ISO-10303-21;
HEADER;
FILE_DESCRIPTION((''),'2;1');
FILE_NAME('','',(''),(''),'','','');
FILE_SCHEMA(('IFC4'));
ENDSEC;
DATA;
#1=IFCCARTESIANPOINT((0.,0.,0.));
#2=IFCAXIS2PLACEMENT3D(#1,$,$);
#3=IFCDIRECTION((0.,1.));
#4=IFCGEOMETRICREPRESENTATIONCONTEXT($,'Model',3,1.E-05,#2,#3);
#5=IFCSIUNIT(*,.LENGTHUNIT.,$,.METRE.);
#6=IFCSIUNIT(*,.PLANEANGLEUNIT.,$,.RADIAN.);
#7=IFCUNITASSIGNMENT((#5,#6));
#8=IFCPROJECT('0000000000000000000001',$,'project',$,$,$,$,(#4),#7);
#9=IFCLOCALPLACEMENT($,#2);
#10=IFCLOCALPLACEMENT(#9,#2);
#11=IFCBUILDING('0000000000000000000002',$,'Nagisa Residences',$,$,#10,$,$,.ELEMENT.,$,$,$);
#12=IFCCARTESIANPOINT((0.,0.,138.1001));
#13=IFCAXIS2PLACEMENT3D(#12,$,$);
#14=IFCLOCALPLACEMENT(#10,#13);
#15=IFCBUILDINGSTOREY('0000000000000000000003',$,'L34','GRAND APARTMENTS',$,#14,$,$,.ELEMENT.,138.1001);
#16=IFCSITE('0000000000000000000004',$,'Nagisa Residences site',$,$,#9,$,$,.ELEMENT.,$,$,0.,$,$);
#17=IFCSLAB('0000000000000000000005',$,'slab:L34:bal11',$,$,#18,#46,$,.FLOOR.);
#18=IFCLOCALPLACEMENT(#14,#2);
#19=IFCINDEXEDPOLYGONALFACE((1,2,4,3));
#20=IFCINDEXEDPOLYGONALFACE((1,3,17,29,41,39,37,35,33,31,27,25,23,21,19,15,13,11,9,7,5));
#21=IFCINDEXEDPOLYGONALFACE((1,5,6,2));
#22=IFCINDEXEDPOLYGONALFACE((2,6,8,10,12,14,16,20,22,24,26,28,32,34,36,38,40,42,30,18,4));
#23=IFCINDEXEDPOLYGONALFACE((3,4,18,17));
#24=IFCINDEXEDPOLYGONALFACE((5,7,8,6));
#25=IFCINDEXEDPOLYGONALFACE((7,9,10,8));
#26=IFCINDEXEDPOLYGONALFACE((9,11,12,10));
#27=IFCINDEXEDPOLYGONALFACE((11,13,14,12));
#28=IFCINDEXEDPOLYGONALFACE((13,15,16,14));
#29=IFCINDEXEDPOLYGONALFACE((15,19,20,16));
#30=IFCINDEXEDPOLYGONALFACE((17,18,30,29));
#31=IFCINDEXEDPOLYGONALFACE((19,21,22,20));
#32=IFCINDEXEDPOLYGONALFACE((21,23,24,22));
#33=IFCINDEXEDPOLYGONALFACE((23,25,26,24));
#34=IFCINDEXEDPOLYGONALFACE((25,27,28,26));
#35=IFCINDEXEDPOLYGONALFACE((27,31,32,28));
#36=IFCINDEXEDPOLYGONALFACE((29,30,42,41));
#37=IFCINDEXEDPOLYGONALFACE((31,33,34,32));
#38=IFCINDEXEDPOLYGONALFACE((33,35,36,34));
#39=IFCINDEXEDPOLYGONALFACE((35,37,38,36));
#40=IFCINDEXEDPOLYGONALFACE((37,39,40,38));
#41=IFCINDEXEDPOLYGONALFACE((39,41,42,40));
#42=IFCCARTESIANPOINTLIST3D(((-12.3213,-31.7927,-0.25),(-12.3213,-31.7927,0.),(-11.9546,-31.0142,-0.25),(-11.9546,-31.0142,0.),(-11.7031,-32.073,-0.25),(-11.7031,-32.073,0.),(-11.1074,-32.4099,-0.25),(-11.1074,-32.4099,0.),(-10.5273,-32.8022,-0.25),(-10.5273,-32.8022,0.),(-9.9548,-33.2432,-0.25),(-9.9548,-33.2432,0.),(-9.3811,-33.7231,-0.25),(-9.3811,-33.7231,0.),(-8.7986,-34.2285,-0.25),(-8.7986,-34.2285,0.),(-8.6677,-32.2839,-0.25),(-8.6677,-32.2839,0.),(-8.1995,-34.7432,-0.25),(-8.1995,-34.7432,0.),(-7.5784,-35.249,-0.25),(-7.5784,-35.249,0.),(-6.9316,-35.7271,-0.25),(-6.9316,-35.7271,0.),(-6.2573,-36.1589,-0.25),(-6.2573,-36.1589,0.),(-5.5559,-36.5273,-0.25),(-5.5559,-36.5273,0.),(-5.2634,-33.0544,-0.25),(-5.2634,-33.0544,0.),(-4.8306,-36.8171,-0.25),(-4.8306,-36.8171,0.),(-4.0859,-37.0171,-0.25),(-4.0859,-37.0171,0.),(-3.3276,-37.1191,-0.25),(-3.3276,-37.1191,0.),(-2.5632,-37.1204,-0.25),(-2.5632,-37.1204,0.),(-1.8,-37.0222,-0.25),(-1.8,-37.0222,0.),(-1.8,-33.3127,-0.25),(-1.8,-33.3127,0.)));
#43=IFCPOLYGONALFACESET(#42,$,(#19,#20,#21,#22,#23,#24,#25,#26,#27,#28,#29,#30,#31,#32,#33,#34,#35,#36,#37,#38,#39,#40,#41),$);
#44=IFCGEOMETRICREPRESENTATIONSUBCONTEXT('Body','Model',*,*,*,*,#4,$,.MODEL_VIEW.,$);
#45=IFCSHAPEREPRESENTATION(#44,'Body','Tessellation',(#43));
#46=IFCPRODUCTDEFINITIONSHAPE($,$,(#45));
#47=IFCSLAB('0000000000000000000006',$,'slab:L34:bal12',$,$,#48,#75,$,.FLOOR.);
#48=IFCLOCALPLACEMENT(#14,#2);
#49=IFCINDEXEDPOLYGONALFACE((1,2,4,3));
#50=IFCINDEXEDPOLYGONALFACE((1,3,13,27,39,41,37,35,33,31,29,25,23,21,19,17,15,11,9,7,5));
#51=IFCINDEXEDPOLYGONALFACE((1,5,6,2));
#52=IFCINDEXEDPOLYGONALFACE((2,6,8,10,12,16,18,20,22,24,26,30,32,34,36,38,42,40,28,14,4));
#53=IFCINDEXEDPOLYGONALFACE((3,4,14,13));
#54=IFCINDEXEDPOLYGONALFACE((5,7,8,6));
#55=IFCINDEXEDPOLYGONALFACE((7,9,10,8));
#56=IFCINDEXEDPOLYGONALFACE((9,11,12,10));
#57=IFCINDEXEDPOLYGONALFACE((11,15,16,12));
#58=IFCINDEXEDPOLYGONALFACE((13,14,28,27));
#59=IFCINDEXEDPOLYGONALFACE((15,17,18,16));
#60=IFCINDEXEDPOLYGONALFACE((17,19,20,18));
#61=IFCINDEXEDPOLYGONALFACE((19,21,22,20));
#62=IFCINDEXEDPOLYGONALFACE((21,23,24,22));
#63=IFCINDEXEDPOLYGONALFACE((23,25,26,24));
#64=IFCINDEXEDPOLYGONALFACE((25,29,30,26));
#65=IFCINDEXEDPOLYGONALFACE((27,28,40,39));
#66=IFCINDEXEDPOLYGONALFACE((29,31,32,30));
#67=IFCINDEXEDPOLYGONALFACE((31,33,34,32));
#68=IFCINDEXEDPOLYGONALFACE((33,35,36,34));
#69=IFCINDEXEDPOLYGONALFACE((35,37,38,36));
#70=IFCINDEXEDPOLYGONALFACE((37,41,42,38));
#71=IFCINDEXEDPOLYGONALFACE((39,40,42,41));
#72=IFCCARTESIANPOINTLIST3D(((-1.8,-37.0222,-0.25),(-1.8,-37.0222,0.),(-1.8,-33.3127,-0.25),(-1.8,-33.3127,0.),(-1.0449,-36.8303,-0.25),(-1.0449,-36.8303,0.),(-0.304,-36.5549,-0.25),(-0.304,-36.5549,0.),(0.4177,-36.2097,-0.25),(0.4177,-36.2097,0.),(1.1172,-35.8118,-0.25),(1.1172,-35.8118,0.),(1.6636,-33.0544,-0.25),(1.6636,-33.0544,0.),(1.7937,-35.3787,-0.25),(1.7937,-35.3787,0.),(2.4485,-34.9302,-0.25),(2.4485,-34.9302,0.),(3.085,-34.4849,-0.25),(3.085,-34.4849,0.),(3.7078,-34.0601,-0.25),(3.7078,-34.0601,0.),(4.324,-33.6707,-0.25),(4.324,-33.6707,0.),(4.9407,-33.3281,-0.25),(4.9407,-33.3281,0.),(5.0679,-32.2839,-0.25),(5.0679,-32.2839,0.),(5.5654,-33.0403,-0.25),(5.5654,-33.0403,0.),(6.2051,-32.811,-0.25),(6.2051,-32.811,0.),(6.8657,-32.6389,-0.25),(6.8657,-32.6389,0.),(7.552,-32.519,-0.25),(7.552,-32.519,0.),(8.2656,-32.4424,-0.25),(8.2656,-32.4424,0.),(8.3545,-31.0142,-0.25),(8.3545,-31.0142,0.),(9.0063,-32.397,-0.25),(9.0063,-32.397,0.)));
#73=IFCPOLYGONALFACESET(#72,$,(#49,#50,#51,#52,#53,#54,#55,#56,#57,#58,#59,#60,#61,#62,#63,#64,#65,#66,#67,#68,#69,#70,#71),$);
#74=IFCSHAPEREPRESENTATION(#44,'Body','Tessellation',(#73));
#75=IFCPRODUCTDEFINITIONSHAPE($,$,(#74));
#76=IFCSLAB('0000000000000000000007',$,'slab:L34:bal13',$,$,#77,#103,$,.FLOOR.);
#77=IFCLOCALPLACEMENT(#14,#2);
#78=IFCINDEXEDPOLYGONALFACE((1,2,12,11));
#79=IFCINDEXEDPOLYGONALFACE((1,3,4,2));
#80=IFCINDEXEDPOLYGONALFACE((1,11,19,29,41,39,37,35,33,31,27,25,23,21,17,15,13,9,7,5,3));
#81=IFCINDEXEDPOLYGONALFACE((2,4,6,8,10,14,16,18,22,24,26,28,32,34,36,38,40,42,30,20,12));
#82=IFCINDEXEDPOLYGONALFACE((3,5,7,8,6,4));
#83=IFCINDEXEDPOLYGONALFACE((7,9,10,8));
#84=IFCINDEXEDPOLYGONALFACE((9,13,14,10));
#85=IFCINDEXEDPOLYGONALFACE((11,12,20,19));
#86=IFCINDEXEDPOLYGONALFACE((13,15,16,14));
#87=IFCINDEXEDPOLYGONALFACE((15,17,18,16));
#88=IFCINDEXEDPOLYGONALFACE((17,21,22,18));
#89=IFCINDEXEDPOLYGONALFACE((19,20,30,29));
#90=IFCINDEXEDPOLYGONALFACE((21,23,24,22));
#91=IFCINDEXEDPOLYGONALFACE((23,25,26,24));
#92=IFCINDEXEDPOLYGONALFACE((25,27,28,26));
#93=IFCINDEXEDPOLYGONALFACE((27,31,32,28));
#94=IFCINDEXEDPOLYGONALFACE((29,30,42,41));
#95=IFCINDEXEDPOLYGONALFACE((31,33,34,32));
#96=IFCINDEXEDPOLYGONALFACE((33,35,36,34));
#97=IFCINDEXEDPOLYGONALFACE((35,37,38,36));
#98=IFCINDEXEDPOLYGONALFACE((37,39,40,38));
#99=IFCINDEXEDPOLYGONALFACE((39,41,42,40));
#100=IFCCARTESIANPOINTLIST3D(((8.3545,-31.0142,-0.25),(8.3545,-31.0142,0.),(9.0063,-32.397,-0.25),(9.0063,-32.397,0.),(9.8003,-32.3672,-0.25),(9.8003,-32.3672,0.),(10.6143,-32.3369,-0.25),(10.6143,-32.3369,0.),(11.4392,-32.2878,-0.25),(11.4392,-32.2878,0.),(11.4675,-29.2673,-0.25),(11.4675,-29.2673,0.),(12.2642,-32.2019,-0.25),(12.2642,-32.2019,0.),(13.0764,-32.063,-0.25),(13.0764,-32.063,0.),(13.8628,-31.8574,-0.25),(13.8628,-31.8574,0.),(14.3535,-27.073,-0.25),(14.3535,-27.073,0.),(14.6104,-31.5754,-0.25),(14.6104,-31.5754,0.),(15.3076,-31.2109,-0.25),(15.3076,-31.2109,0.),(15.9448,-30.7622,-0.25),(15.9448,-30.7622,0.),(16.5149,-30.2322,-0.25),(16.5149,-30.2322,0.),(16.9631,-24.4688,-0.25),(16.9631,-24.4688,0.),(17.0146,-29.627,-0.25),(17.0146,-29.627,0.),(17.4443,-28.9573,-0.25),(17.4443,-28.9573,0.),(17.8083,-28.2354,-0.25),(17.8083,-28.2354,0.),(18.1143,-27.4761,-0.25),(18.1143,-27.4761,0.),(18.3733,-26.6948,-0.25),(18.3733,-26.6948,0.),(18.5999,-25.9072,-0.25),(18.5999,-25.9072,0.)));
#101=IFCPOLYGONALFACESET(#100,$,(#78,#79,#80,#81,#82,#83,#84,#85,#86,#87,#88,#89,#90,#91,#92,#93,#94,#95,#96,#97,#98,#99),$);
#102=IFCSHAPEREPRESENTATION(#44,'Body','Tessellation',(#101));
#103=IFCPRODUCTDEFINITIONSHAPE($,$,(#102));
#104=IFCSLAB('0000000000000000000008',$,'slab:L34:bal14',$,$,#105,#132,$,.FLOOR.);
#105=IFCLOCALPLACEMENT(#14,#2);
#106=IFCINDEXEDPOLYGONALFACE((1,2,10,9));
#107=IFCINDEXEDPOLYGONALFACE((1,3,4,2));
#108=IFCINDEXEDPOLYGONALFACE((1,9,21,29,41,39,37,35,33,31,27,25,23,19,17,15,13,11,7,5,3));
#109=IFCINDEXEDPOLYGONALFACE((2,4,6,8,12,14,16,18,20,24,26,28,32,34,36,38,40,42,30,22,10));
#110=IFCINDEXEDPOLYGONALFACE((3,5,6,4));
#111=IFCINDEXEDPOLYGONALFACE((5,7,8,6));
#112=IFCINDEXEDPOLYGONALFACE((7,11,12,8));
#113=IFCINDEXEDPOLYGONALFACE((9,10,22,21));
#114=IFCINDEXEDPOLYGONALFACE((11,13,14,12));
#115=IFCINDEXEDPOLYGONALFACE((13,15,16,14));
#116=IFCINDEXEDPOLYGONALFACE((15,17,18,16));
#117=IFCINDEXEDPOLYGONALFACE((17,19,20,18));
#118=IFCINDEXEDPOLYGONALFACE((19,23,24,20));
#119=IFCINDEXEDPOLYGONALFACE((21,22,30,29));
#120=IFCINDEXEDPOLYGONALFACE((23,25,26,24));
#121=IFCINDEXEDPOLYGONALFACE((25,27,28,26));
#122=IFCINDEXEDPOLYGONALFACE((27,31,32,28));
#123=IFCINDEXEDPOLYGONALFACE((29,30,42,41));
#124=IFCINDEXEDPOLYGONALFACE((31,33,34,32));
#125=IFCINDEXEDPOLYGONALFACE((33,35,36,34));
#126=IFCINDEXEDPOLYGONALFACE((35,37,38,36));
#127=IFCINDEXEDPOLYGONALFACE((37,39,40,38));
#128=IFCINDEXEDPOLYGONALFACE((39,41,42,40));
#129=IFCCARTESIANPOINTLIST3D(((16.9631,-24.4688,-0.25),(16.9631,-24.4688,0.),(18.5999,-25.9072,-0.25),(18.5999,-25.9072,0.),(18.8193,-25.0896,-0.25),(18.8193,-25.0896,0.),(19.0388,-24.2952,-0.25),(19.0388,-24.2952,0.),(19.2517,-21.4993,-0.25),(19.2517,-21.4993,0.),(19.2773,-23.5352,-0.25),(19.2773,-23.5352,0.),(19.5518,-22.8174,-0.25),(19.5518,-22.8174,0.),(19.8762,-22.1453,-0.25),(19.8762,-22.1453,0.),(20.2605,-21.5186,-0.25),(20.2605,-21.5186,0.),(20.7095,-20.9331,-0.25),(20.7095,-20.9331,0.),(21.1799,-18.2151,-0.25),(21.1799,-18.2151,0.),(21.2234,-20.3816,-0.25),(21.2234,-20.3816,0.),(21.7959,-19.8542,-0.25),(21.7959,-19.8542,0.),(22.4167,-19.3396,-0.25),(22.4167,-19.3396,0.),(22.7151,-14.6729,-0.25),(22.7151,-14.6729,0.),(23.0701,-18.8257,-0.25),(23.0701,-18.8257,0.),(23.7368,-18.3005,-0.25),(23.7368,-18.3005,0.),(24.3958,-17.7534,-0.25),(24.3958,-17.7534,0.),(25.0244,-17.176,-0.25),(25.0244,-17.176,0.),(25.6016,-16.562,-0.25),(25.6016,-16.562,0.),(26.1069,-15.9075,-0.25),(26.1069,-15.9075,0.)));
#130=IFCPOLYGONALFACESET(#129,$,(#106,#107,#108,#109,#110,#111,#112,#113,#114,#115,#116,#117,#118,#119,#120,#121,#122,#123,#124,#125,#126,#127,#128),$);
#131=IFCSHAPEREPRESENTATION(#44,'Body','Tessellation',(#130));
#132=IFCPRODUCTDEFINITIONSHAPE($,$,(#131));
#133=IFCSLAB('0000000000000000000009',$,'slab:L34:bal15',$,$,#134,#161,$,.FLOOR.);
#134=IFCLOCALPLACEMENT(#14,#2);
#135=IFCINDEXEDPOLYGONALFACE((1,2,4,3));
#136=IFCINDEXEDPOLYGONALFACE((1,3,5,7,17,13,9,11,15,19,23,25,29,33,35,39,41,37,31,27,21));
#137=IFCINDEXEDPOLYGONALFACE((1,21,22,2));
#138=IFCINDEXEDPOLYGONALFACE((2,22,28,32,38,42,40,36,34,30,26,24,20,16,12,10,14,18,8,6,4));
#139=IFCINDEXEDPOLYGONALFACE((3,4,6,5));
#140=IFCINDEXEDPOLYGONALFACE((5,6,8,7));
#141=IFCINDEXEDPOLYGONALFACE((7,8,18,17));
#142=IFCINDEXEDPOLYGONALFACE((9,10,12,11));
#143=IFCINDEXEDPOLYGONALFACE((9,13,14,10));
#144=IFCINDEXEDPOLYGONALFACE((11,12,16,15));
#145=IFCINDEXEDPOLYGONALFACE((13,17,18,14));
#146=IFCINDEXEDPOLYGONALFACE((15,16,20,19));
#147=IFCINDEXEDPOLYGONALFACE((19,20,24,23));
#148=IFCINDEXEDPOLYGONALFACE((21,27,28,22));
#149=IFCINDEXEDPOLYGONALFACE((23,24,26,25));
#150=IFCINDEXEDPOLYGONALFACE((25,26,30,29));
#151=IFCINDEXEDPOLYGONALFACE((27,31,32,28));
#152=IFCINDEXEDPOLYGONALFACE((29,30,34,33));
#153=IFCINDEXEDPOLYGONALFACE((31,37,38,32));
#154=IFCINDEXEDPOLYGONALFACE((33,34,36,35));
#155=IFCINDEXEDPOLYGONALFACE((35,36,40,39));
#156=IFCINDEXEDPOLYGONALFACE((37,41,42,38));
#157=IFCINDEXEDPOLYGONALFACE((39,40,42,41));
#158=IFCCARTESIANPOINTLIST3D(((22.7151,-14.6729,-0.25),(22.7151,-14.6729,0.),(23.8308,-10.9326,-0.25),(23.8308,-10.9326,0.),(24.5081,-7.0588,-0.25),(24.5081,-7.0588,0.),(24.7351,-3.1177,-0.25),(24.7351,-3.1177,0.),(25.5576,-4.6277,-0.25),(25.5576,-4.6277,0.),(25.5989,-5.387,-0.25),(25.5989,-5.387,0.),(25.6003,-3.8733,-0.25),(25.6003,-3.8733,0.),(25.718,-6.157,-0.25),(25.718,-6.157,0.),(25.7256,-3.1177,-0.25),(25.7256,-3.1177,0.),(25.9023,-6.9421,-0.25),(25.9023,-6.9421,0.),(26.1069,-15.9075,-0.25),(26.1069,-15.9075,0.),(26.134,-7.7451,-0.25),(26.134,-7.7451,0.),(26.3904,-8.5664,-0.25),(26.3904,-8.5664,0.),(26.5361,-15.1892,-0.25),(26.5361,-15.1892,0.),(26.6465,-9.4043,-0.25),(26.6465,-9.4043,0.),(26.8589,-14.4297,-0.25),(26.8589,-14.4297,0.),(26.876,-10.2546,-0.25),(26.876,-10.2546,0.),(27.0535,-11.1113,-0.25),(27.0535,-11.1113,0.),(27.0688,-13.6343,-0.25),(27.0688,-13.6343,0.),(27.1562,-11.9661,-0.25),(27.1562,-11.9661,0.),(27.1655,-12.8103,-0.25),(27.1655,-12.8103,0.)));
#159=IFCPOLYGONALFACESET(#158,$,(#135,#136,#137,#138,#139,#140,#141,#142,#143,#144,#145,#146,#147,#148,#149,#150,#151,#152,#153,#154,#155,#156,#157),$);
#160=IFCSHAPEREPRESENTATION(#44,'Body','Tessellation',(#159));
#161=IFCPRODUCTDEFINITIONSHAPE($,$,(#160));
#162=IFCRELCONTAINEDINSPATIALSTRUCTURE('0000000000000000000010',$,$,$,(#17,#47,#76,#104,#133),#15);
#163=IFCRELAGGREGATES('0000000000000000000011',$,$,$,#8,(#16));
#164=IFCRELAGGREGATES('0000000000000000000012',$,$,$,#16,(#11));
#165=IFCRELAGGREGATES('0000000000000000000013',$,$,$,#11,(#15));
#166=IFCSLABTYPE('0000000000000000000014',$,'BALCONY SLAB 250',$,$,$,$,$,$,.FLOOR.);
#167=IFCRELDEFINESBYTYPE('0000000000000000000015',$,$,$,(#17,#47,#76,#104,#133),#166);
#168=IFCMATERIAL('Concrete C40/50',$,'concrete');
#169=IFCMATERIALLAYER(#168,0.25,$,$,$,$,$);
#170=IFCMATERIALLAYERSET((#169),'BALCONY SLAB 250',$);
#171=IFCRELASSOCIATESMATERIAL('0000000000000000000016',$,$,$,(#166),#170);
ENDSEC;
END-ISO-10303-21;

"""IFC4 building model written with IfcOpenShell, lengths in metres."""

from ifc_helpers import new_model, si_unit, direction, frame, origin, place, context, subcontext, project, spatial, polyline, outline, extrude, material, layer, layer_set, type_object, element, save


model = new_model("IFC4")

# Units and contexts
model_context = context("Model", 3, precision=1e-05, world=origin(), true_north=direction((0.0, 1.0)))
body_context = subcontext(model_context, "Body", "Model", "MODEL_VIEW")
ifc_project = project(units=[si_unit("LENGTHUNIT", "METRE"), si_unit("PLANEANGLEUNIT", "RADIAN")], contexts=[model_context])

# Site, building, storey
site_placement = place(None, origin())
site = spatial("IfcSite", under=ifc_project, at=site_placement, Name="Nagisa Residences site", CompositionType="ELEMENT", RefElevation=0.0)
building_placement = place(site_placement, origin())
building = spatial("IfcBuilding", under=site, at=building_placement, Name="Nagisa Residences", CompositionType="ELEMENT")
storey_placement = place(building_placement, frame((0.0, 0.0, 138.1001)))
storey = spatial("IfcBuildingStorey", under=building, at=storey_placement, Name="L34", Description="GRAND APARTMENTS", CompositionType="ELEMENT", Elevation=138.1001)

# Slabs
ifc_material_1 = material(Name="Concrete C40/50", Category="concrete")
ifc_layer = layer(ifc_material_1, 0.25)
ifc_layer_set = layer_set([ifc_layer], Name="BALCONY SLAB 250")
slab_type = type_object("IfcSlabType", Name="BALCONY SLAB 250", PredefinedType="FLOOR", material=ifc_layer_set)
slab_1_placement = place(storey_placement, frame((0.0, 0.0, -0.25)))
element("IfcSlab", 1, at=slab_1_placement, inside=storey, type_object=slab_type, Name="slab:L34:bal11", PredefinedType="FLOOR", context=body_context, shape_type="SweptSolid", body=[
    extrude(outline(polyline([(-12.3213, -31.7927), (-11.7031, -32.073), (-11.1074, -32.4099), (-10.5273, -32.8022), (-9.9548, -33.2432), (-9.3811, -33.7231), (-8.7986, -34.2285), (-8.1995, -34.7432), (-7.5784, -35.249), (-6.9316, -35.7271), (-6.2573, -36.1589), (-5.5559, -36.5273), (-4.8306, -36.8171), (-4.0859, -37.0171), (-3.3276, -37.1191), (-2.5632, -37.1204), (-1.8, -37.0222), (-1.8, -33.3127), (-5.2634, -33.0544), (-8.6677, -32.2839), (-11.9546, -31.0142), (-12.3213, -31.7927)])), origin(), (0.0, 0.0, 1.0), 0.25),
])
slab_2_placement = place(storey_placement, frame((0.0, 0.0, -0.25)))
element("IfcSlab", 2, at=slab_2_placement, inside=storey, type_object=slab_type, Name="slab:L34:bal12", PredefinedType="FLOOR", context=body_context, shape_type="SweptSolid", body=[
    extrude(outline(polyline([(-1.8, -37.0222), (-1.0449, -36.8303), (-0.304, -36.5549), (0.4177, -36.2097), (1.1172, -35.8118), (1.7937, -35.3787), (2.4485, -34.9302), (3.085, -34.4849), (3.7078, -34.0601), (4.324, -33.6707), (4.9407, -33.3281), (5.5654, -33.0403), (6.2051, -32.811), (6.8657, -32.6389), (7.552, -32.519), (8.2656, -32.4424), (9.0063, -32.397), (8.3545, -31.0142), (5.0679, -32.2839), (1.6636, -33.0544), (-1.8, -33.3127), (-1.8, -37.0222)])), origin(), (0.0, 0.0, 1.0), 0.25),
])
slab_3_placement = place(storey_placement, frame((0.0, 0.0, -0.25)))
element("IfcSlab", 3, at=slab_3_placement, inside=storey, type_object=slab_type, Name="slab:L34:bal13", PredefinedType="FLOOR", context=body_context, shape_type="SweptSolid", body=[
    extrude(outline(polyline([(9.0063, -32.397), (9.8003, -32.3672), (10.6143, -32.3369), (11.4392, -32.2878), (12.2642, -32.2019), (13.0764, -32.063), (13.8628, -31.8574), (14.6104, -31.5754), (15.3076, -31.2109), (15.9448, -30.7622), (16.5149, -30.2322), (17.0146, -29.627), (17.4443, -28.9573), (17.8083, -28.2354), (18.1143, -27.4761), (18.3733, -26.6948), (18.5999, -25.9072), (16.9631, -24.4688), (14.3535, -27.073), (11.4675, -29.2673), (8.3545, -31.0142), (9.0063, -32.397)])), origin(), (0.0, 0.0, 1.0), 0.25),
])
slab_4_placement = place(storey_placement, frame((0.0, 0.0, -0.25)))
element("IfcSlab", 4, at=slab_4_placement, inside=storey, type_object=slab_type, Name="slab:L34:bal14", PredefinedType="FLOOR", context=body_context, shape_type="SweptSolid", body=[
    extrude(outline(polyline([(18.5999, -25.9072), (18.8193, -25.0896), (19.0388, -24.2952), (19.2773, -23.5352), (19.5518, -22.8174), (19.8762, -22.1453), (20.2605, -21.5186), (20.7095, -20.9331), (21.2234, -20.3816), (21.7959, -19.8542), (22.4167, -19.3396), (23.0701, -18.8257), (23.7368, -18.3005), (24.3958, -17.7534), (25.0244, -17.176), (25.6016, -16.562), (26.1069, -15.9075), (22.7151, -14.6729), (21.1799, -18.2151), (19.2517, -21.4993), (16.9631, -24.4688), (18.5999, -25.9072)])), origin(), (0.0, 0.0, 1.0), 0.25),
])
slab_5_placement = place(storey_placement, frame((0.0, 0.0, -0.25)))
element("IfcSlab", 5, at=slab_5_placement, inside=storey, type_object=slab_type, Name="slab:L34:bal15", PredefinedType="FLOOR", context=body_context, shape_type="SweptSolid", body=[
    extrude(outline(polyline([(26.1069, -15.9075), (26.5361, -15.1892), (26.8589, -14.4297), (27.0688, -13.6343), (27.1655, -12.8103), (27.1562, -11.9661), (27.0535, -11.1113), (26.876, -10.2546), (26.6465, -9.4043), (26.3904, -8.5664), (26.134, -7.7451), (25.9023, -6.9421), (25.718, -6.157), (25.5989, -5.387), (25.5576, -4.6277), (25.6003, -3.8733), (25.7256, -3.1177), (24.7351, -3.1177), (24.5081, -7.0588), (23.8308, -10.9326), (22.7151, -14.6729), (26.1069, -15.9075)])), origin(), (0.0, 0.0, 1.0), 0.25),
])

save(model, "model.ifc")
